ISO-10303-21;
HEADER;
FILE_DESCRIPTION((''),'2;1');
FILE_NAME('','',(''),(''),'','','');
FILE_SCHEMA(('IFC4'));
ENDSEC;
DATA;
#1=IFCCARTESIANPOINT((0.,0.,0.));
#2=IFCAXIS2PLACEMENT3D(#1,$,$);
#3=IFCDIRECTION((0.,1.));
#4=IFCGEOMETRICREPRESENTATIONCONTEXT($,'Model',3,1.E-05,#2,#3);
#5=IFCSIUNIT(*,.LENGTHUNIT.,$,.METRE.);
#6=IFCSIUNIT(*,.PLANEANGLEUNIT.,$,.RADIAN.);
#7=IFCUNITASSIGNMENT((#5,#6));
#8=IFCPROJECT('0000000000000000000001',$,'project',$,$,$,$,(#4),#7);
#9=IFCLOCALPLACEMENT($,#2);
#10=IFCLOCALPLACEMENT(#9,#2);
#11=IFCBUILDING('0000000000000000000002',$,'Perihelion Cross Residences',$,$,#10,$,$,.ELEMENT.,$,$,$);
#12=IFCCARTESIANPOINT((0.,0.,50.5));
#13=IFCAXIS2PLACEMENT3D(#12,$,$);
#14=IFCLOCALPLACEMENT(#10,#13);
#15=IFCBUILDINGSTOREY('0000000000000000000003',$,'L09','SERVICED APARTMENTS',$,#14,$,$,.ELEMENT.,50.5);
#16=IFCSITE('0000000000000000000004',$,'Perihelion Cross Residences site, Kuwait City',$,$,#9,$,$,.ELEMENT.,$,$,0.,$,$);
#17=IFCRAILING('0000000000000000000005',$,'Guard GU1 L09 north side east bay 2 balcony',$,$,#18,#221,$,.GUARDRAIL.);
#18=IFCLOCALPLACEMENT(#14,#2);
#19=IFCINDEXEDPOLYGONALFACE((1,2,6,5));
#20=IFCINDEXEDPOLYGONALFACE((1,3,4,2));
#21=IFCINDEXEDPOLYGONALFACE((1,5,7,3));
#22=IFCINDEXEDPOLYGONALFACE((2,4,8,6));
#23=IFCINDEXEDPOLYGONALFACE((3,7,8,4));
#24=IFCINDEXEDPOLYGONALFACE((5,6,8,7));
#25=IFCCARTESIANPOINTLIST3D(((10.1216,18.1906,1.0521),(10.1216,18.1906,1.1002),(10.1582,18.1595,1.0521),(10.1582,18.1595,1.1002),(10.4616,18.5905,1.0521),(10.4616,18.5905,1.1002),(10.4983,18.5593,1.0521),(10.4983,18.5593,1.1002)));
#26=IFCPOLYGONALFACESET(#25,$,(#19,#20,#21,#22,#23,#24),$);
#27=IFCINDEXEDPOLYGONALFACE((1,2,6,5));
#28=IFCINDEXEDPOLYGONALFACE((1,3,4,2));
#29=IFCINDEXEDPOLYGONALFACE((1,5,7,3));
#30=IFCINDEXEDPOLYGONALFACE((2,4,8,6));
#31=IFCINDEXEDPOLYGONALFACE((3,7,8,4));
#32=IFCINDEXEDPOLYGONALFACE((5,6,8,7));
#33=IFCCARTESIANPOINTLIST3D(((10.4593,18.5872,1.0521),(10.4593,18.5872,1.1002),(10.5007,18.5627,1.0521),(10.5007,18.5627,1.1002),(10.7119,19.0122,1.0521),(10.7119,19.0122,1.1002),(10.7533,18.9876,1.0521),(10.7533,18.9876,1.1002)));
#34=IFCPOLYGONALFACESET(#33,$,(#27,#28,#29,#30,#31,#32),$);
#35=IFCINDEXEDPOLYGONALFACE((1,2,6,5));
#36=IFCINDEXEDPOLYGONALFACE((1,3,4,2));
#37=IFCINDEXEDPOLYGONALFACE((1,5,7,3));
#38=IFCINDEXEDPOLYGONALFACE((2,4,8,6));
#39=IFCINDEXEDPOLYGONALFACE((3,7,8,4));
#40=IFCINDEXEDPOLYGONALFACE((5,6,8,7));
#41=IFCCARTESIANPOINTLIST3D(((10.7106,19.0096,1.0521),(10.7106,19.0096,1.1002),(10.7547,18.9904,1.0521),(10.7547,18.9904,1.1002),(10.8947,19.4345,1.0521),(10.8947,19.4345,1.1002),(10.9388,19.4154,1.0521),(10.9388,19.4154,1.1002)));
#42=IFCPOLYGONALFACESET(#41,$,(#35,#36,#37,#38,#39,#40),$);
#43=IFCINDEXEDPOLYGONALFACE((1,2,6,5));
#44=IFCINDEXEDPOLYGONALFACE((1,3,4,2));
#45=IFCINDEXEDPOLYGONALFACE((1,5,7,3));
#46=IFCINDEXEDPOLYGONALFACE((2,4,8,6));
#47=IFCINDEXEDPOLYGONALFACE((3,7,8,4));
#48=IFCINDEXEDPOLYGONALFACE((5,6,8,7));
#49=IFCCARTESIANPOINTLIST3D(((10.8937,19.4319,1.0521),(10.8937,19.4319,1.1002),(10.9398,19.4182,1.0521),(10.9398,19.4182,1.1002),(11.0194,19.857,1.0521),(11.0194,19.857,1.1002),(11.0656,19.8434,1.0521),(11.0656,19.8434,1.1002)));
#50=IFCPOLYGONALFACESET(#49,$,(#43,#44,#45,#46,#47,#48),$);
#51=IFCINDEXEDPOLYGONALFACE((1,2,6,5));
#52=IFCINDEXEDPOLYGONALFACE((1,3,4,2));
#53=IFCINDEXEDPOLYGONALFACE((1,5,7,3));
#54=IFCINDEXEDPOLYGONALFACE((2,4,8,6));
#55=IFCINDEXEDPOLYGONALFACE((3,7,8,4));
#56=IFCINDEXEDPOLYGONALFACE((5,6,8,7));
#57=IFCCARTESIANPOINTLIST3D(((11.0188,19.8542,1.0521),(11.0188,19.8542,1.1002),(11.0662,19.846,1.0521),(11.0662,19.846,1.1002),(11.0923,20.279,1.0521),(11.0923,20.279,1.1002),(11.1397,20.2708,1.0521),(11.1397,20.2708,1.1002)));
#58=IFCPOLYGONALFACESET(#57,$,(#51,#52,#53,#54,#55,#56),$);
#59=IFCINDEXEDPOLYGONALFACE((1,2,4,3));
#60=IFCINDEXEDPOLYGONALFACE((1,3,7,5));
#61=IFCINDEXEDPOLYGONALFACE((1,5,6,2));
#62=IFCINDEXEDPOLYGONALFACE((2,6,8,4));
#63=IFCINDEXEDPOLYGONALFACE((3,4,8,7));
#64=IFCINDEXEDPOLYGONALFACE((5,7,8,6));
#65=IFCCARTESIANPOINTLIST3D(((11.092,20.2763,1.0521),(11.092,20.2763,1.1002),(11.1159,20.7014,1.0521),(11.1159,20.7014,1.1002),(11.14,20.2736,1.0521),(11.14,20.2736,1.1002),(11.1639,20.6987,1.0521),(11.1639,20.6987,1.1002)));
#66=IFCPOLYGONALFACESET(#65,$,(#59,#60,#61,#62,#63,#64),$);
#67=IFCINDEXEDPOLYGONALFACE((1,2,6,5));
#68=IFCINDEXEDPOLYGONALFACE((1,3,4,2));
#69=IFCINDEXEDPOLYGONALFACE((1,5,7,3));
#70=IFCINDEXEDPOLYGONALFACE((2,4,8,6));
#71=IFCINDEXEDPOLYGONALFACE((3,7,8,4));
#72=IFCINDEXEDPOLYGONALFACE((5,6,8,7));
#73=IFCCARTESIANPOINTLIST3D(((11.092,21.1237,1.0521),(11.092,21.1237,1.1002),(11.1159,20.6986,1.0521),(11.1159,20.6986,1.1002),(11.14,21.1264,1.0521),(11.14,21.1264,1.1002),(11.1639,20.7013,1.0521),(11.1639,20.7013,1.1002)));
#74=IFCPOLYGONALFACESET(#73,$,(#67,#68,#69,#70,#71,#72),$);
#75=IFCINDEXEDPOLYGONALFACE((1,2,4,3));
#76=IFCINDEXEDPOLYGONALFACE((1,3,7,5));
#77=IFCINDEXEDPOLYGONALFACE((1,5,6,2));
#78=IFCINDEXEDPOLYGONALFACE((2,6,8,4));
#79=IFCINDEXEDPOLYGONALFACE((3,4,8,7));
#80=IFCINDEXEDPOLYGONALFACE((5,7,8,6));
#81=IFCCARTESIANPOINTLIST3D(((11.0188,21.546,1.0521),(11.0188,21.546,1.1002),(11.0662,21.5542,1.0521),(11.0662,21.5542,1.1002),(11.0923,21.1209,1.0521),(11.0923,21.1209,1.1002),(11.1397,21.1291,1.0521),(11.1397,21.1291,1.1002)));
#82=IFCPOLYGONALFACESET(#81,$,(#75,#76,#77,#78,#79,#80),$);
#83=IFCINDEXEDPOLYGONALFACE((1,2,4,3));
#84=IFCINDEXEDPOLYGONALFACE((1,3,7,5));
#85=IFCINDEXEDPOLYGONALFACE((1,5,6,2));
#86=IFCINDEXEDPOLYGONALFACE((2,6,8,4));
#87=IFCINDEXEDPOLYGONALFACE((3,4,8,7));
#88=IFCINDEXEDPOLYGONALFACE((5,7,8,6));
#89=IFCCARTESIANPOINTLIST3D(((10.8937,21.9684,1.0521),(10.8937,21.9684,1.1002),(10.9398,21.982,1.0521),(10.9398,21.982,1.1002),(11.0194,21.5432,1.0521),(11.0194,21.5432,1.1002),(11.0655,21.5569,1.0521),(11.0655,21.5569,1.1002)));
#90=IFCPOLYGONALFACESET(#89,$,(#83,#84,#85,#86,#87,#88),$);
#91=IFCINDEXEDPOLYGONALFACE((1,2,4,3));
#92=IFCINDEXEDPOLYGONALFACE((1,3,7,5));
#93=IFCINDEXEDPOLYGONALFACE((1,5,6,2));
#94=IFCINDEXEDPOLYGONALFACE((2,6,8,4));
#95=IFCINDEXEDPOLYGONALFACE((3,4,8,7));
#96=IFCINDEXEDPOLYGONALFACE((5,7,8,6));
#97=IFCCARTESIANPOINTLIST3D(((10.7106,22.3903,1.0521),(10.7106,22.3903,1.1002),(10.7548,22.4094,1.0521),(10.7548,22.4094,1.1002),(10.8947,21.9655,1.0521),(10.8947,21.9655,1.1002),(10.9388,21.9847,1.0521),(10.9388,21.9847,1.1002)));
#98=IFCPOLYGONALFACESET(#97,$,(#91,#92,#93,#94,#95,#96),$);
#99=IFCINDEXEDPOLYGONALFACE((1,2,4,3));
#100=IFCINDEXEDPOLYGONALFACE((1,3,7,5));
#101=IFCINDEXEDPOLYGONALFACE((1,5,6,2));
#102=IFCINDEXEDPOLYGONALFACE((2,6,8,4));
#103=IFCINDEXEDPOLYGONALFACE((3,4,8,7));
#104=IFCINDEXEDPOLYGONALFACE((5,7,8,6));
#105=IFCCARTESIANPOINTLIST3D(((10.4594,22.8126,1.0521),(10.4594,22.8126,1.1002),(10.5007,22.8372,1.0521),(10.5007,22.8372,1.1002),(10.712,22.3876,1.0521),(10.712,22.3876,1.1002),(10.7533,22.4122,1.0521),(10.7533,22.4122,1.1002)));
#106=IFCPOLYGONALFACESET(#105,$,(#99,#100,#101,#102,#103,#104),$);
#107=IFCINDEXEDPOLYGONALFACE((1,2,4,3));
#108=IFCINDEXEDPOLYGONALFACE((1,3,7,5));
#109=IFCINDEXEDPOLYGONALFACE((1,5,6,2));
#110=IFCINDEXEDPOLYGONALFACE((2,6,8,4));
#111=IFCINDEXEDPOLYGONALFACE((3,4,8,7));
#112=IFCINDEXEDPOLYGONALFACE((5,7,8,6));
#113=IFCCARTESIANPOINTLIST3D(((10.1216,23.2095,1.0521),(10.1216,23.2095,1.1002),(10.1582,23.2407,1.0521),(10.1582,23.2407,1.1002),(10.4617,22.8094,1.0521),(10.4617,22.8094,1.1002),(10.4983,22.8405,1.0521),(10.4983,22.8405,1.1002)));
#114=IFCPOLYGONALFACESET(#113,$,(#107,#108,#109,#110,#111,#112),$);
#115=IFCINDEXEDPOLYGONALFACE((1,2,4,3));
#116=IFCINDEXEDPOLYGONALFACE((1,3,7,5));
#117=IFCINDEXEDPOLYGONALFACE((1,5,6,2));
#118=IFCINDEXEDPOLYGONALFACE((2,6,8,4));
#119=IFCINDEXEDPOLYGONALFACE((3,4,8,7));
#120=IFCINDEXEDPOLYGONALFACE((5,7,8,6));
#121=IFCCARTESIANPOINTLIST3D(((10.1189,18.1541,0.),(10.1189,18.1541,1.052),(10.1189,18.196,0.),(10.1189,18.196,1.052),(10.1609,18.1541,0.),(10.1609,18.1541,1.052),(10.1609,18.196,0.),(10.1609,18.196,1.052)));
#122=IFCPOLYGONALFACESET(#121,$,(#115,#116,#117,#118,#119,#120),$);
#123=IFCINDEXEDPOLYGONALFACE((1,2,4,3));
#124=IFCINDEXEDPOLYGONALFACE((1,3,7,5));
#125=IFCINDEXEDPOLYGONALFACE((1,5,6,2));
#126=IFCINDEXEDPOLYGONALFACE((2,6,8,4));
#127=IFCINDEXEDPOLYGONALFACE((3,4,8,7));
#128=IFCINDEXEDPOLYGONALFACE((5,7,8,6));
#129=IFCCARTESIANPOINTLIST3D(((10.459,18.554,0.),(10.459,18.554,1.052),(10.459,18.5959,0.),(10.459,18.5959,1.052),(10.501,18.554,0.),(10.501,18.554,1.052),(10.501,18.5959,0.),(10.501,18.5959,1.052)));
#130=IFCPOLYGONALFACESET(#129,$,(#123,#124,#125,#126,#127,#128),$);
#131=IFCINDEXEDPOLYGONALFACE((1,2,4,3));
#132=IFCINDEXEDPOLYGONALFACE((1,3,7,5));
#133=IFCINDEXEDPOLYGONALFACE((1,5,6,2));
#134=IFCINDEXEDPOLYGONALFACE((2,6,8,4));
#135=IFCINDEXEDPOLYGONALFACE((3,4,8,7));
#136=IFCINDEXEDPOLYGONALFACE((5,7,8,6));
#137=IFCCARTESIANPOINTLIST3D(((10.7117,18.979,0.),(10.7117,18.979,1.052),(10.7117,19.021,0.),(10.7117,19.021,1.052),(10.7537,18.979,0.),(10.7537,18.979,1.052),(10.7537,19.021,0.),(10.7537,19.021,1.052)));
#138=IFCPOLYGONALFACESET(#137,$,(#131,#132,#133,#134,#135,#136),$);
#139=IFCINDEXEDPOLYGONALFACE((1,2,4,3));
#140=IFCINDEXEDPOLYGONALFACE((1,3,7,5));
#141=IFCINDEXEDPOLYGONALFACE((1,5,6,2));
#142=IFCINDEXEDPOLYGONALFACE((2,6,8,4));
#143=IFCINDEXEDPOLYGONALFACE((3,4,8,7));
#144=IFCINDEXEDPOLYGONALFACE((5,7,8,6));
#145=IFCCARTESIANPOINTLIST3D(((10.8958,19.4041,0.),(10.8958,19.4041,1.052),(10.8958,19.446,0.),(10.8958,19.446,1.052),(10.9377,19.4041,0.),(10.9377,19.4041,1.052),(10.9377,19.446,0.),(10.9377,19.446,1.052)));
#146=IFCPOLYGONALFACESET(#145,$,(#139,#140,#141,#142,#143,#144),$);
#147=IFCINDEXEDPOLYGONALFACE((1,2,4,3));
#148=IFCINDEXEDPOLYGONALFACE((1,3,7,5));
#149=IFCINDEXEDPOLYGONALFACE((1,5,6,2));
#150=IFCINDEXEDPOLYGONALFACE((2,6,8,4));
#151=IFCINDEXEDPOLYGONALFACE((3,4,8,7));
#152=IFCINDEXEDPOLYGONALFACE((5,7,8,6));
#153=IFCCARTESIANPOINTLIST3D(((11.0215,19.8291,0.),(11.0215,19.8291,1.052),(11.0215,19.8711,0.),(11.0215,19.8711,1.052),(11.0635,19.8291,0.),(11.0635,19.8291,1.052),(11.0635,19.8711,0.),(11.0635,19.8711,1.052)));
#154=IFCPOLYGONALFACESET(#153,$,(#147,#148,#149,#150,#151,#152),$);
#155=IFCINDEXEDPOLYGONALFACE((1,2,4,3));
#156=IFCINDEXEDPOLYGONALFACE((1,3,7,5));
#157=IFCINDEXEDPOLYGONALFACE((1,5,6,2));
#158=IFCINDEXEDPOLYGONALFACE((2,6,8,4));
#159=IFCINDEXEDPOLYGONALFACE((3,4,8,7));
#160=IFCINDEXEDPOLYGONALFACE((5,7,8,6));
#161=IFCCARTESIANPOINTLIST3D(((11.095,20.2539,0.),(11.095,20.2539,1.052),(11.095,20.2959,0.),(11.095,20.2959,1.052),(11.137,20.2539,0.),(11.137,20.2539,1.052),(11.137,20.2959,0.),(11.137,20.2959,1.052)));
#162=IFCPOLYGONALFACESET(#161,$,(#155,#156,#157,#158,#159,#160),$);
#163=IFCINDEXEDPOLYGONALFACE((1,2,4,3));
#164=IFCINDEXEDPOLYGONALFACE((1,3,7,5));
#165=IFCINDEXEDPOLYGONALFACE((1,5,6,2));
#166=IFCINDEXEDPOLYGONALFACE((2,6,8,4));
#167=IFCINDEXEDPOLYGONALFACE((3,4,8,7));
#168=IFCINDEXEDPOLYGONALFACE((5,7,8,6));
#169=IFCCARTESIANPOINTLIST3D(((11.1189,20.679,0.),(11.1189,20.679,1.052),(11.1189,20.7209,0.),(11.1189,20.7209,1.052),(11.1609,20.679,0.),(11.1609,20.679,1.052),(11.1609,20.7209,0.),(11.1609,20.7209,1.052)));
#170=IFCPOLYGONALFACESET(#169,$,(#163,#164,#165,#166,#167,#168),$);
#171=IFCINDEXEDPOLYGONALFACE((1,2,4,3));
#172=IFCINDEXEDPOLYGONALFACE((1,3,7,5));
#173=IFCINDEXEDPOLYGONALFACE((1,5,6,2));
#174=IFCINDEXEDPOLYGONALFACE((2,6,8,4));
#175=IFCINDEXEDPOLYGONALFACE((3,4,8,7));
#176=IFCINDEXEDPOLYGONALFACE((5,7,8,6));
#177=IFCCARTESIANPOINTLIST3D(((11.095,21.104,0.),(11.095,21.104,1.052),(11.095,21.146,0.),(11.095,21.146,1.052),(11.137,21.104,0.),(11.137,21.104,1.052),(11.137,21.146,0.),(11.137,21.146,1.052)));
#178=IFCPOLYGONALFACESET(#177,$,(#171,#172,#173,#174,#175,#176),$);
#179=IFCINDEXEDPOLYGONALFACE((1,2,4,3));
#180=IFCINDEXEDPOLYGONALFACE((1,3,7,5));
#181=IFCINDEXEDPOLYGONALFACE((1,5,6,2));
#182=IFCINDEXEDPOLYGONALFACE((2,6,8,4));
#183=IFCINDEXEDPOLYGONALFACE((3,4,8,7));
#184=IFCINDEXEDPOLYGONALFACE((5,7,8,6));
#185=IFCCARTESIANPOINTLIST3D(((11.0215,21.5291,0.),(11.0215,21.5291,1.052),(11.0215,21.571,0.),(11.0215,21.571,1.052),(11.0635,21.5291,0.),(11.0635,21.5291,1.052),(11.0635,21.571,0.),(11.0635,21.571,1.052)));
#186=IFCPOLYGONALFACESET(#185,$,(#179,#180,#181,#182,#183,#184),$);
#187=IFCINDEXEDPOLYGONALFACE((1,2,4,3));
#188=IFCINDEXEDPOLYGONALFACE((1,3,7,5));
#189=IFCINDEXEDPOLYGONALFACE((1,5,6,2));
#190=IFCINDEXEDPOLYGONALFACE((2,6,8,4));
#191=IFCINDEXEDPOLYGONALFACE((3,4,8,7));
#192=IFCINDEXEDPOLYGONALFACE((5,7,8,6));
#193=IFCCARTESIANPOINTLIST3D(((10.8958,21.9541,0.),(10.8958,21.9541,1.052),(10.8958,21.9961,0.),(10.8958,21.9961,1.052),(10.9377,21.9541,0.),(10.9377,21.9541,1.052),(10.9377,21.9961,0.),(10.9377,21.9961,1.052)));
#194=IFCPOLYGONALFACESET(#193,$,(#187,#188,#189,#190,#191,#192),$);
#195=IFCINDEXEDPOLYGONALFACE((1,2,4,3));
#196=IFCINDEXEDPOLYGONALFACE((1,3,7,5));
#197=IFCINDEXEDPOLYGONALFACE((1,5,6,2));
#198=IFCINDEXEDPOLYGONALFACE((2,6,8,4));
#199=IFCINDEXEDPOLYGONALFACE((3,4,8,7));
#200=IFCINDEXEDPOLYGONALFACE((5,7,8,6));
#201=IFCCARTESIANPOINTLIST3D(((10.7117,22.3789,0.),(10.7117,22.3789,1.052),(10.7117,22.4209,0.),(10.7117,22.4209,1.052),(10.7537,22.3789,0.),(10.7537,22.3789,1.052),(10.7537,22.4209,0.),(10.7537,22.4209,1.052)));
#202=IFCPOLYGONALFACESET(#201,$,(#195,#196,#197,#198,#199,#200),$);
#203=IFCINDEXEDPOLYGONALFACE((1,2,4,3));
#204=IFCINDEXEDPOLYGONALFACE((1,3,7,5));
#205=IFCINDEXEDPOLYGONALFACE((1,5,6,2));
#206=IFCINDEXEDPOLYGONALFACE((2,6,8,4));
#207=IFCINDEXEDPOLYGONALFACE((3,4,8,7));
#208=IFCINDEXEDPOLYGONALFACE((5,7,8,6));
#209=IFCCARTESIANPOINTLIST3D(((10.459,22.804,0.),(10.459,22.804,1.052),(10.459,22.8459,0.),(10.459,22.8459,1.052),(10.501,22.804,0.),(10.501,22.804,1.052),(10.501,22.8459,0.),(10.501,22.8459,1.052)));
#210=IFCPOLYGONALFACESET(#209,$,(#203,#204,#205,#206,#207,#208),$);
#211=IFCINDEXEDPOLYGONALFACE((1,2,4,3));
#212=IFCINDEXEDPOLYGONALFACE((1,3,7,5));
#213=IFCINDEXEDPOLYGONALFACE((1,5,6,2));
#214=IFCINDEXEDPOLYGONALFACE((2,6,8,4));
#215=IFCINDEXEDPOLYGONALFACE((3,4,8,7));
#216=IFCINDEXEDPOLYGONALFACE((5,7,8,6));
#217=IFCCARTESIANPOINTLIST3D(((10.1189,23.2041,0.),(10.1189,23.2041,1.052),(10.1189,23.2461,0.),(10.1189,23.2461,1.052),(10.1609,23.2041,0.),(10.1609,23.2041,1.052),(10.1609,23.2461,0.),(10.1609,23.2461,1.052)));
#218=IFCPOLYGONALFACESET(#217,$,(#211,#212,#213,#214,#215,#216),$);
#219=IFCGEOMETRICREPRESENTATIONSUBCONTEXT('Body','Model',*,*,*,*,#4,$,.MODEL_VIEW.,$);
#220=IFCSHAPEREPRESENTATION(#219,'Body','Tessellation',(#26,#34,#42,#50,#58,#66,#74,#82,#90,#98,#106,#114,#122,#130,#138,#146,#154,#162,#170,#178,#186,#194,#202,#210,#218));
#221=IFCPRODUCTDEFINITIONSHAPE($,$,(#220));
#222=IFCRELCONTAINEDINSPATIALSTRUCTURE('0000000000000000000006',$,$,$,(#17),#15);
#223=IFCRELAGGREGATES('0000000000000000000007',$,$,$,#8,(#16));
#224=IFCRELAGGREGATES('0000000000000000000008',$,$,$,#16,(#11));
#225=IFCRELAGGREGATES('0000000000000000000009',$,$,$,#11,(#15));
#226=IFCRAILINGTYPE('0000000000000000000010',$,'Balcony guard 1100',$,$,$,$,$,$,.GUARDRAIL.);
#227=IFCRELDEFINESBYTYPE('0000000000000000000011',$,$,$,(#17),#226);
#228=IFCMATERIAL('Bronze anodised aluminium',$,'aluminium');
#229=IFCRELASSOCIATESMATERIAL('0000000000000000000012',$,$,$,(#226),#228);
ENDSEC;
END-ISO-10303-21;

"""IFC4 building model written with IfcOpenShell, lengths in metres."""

from ifc_helpers import new_model, si_unit, direction, frame, origin, origin_2d, place, context, subcontext, project, spatial, rectangle, extrude, material, type_object, element, save


model = new_model("IFC4")

# Units and contexts
model_context = context("Model", 3, precision=1e-05, world=origin(), true_north=direction((0.0, 1.0)))
body_context = subcontext(model_context, "Body", "Model", "MODEL_VIEW")
ifc_project = project(units=[si_unit("LENGTHUNIT", "METRE"), si_unit("PLANEANGLEUNIT", "RADIAN")], contexts=[model_context])

# Site, building, storey
site_placement = place(None, origin())
site = spatial("IfcSite", under=ifc_project, at=site_placement, Name="Perihelion Cross Residences site, Kuwait City", CompositionType="ELEMENT", RefElevation=0.0)
building_placement = place(site_placement, origin())
building = spatial("IfcBuilding", under=site, at=building_placement, Name="Perihelion Cross Residences", CompositionType="ELEMENT")
storey_placement = place(building_placement, frame((0.0, 0.0, 50.5)))
storey = spatial("IfcBuildingStorey", under=building, at=storey_placement, Name="L09", Description="SERVICED APARTMENTS", CompositionType="ELEMENT", Elevation=50.5)

# Railing
ifc_material_1 = material(Name="Bronze anodised aluminium", Category="aluminium")
railing_type = type_object("IfcRailingType", Name="Balcony guard 1100", PredefinedType="GUARDRAIL", material=ifc_material_1)
railing_1_placement = place(storey_placement, frame((10.1399, 18.175, 0.0)))
element("IfcRailing", 1, at=railing_1_placement, inside=storey, type_object=railing_type, Name="Guard GU1 L09 north side east bay 2 balcony", PredefinedType="GUARDRAIL", context=body_context, shape_type="SweptSolid", body=[
    extrude(rectangle(XDim=0.0481, YDim=0.0481, at=origin_2d()), frame((0.0, 0.0, 1.0762), z_axis=(0.647837, 0.761779, 0.0), x_axis=(-0.761779, 0.647837, 0.0)), (0.0, 0.0, 1.0), 0.5249),
    extrude(rectangle(XDim=0.0481, YDim=0.0481, at=origin_2d()), frame((0.3401, 0.3999, 1.0762), z_axis=(0.511006, 0.859577, 0.0), x_axis=(-0.859577, 0.511006, 0.0)), (0.0, 0.0, 1.0), 0.4944),
    extrude(rectangle(XDim=0.0481, YDim=0.0481, at=origin_2d()), frame((0.5928, 0.825, 1.0762), z_axis=(0.397415, 0.917639, 0.0), x_axis=(-0.917639, 0.397415, 0.0)), (0.0, 0.0, 1.0), 0.4631),
    extrude(rectangle(XDim=0.0481, YDim=0.0481, at=origin_2d()), frame((0.7769, 1.25, 1.0762), z_axis=(0.283657, 0.958926, 0.0), x_axis=(-0.958926, 0.283657, 0.0)), (0.0, 0.0, 1.0), 0.4434),
    extrude(rectangle(XDim=0.0481, YDim=0.0481, at=origin_2d()), frame((0.9026, 1.675, 1.0762), z_axis=(0.170457, 0.985365, 0.0), x_axis=(-0.985365, 0.170457, 0.0)), (0.0, 0.0, 1.0), 0.4312),
    extrude(rectangle(XDim=0.0481, YDim=0.0481, at=origin_2d()), frame((0.9761, 2.0999, 1.0762), z_axis=(0.056201, 0.99842, 0.0), x_axis=(-0.99842, 0.056201, 0.0)), (0.0, 0.0, 1.0), 0.4258),
    extrude(rectangle(XDim=0.0481, YDim=0.0481, at=origin_2d()), frame((1.0, 2.5249, 1.0762), z_axis=(-0.056201, 0.99842, 0.0), x_axis=(-0.99842, -0.056201, 0.0)), (0.0, 0.0, 1.0), 0.4258),
    extrude(rectangle(XDim=0.0481, YDim=0.0481, at=origin_2d()), frame((0.9761, 2.95, 1.0762), z_axis=(-0.170362, 0.985382, 0.0), x_axis=(-0.985382, -0.170362, 0.0)), (0.0, 0.0, 1.0), 0.4314),
    extrude(rectangle(XDim=0.0481, YDim=0.0481, at=origin_2d()), frame((0.9026, 3.375, 1.0762), z_axis=(-0.283657, 0.958926, 0.0), x_axis=(-0.958926, -0.283657, 0.0)), (0.0, 0.0, 1.0), 0.4434),
    extrude(rectangle(XDim=0.0481, YDim=0.0481, at=origin_2d()), frame((0.7769, 3.8, 1.0762), z_axis=(-0.397607, 0.917556, 0.0), x_axis=(-0.917556, -0.397607, 0.0)), (0.0, 0.0, 1.0), 0.4629),
    extrude(rectangle(XDim=0.0481, YDim=0.0481, at=origin_2d()), frame((0.5928, 4.2249, 1.0762), z_axis=(-0.511006, 0.859577, 0.0), x_axis=(-0.859577, -0.511006, 0.0)), (0.0, 0.0, 1.0), 0.4944),
    extrude(rectangle(XDim=0.0481, YDim=0.0481, at=origin_2d()), frame((0.3401, 4.6499, 1.0762), z_axis=(-0.647608, 0.761974, 0.0), x_axis=(-0.761974, -0.647608, 0.0)), (0.0, 0.0, 1.0), 0.5251),
    extrude(rectangle(XDim=0.042, YDim=0.042, at=origin_2d()), origin(), (0.0, 0.0, 1.0), 1.052),
    extrude(rectangle(XDim=0.042, YDim=0.042, at=origin_2d()), frame((0.3401, 0.3999, 0.0)), (0.0, 0.0, 1.0), 1.052),
    extrude(rectangle(XDim=0.042, YDim=0.042, at=origin_2d()), frame((0.5928, 0.825, 0.0)), (0.0, 0.0, 1.0), 1.052),
    extrude(rectangle(XDim=0.042, YDim=0.042, at=origin_2d()), frame((0.7769, 1.25, 0.0)), (0.0, 0.0, 1.0), 1.052),
    extrude(rectangle(XDim=0.042, YDim=0.042, at=origin_2d()), frame((0.9026, 1.675, 0.0)), (0.0, 0.0, 1.0), 1.052),
    extrude(rectangle(XDim=0.042, YDim=0.042, at=origin_2d()), frame((0.9761, 2.0999, 0.0)), (0.0, 0.0, 1.0), 1.052),
    extrude(rectangle(XDim=0.042, YDim=0.042, at=origin_2d()), frame((1.0, 2.5249, 0.0)), (0.0, 0.0, 1.0), 1.052),
    extrude(rectangle(XDim=0.042, YDim=0.042, at=origin_2d()), frame((0.9761, 2.95, 0.0)), (0.0, 0.0, 1.0), 1.052),
    extrude(rectangle(XDim=0.042, YDim=0.042, at=origin_2d()), frame((0.9026, 3.375, 0.0)), (0.0, 0.0, 1.0), 1.052),
    extrude(rectangle(XDim=0.042, YDim=0.042, at=origin_2d()), frame((0.7769, 3.8, 0.0)), (0.0, 0.0, 1.0), 1.052),
    extrude(rectangle(XDim=0.042, YDim=0.042, at=origin_2d()), frame((0.5928, 4.2249, 0.0)), (0.0, 0.0, 1.0), 1.052),
    extrude(rectangle(XDim=0.042, YDim=0.042, at=origin_2d()), frame((0.3401, 4.6499, 0.0)), (0.0, 0.0, 1.0), 1.052),
    extrude(rectangle(XDim=0.042, YDim=0.042, at=origin_2d()), frame((0.0, 5.05, 0.0)), (0.0, 0.0, 1.0), 1.052),
])

save(model, "model.ifc")
